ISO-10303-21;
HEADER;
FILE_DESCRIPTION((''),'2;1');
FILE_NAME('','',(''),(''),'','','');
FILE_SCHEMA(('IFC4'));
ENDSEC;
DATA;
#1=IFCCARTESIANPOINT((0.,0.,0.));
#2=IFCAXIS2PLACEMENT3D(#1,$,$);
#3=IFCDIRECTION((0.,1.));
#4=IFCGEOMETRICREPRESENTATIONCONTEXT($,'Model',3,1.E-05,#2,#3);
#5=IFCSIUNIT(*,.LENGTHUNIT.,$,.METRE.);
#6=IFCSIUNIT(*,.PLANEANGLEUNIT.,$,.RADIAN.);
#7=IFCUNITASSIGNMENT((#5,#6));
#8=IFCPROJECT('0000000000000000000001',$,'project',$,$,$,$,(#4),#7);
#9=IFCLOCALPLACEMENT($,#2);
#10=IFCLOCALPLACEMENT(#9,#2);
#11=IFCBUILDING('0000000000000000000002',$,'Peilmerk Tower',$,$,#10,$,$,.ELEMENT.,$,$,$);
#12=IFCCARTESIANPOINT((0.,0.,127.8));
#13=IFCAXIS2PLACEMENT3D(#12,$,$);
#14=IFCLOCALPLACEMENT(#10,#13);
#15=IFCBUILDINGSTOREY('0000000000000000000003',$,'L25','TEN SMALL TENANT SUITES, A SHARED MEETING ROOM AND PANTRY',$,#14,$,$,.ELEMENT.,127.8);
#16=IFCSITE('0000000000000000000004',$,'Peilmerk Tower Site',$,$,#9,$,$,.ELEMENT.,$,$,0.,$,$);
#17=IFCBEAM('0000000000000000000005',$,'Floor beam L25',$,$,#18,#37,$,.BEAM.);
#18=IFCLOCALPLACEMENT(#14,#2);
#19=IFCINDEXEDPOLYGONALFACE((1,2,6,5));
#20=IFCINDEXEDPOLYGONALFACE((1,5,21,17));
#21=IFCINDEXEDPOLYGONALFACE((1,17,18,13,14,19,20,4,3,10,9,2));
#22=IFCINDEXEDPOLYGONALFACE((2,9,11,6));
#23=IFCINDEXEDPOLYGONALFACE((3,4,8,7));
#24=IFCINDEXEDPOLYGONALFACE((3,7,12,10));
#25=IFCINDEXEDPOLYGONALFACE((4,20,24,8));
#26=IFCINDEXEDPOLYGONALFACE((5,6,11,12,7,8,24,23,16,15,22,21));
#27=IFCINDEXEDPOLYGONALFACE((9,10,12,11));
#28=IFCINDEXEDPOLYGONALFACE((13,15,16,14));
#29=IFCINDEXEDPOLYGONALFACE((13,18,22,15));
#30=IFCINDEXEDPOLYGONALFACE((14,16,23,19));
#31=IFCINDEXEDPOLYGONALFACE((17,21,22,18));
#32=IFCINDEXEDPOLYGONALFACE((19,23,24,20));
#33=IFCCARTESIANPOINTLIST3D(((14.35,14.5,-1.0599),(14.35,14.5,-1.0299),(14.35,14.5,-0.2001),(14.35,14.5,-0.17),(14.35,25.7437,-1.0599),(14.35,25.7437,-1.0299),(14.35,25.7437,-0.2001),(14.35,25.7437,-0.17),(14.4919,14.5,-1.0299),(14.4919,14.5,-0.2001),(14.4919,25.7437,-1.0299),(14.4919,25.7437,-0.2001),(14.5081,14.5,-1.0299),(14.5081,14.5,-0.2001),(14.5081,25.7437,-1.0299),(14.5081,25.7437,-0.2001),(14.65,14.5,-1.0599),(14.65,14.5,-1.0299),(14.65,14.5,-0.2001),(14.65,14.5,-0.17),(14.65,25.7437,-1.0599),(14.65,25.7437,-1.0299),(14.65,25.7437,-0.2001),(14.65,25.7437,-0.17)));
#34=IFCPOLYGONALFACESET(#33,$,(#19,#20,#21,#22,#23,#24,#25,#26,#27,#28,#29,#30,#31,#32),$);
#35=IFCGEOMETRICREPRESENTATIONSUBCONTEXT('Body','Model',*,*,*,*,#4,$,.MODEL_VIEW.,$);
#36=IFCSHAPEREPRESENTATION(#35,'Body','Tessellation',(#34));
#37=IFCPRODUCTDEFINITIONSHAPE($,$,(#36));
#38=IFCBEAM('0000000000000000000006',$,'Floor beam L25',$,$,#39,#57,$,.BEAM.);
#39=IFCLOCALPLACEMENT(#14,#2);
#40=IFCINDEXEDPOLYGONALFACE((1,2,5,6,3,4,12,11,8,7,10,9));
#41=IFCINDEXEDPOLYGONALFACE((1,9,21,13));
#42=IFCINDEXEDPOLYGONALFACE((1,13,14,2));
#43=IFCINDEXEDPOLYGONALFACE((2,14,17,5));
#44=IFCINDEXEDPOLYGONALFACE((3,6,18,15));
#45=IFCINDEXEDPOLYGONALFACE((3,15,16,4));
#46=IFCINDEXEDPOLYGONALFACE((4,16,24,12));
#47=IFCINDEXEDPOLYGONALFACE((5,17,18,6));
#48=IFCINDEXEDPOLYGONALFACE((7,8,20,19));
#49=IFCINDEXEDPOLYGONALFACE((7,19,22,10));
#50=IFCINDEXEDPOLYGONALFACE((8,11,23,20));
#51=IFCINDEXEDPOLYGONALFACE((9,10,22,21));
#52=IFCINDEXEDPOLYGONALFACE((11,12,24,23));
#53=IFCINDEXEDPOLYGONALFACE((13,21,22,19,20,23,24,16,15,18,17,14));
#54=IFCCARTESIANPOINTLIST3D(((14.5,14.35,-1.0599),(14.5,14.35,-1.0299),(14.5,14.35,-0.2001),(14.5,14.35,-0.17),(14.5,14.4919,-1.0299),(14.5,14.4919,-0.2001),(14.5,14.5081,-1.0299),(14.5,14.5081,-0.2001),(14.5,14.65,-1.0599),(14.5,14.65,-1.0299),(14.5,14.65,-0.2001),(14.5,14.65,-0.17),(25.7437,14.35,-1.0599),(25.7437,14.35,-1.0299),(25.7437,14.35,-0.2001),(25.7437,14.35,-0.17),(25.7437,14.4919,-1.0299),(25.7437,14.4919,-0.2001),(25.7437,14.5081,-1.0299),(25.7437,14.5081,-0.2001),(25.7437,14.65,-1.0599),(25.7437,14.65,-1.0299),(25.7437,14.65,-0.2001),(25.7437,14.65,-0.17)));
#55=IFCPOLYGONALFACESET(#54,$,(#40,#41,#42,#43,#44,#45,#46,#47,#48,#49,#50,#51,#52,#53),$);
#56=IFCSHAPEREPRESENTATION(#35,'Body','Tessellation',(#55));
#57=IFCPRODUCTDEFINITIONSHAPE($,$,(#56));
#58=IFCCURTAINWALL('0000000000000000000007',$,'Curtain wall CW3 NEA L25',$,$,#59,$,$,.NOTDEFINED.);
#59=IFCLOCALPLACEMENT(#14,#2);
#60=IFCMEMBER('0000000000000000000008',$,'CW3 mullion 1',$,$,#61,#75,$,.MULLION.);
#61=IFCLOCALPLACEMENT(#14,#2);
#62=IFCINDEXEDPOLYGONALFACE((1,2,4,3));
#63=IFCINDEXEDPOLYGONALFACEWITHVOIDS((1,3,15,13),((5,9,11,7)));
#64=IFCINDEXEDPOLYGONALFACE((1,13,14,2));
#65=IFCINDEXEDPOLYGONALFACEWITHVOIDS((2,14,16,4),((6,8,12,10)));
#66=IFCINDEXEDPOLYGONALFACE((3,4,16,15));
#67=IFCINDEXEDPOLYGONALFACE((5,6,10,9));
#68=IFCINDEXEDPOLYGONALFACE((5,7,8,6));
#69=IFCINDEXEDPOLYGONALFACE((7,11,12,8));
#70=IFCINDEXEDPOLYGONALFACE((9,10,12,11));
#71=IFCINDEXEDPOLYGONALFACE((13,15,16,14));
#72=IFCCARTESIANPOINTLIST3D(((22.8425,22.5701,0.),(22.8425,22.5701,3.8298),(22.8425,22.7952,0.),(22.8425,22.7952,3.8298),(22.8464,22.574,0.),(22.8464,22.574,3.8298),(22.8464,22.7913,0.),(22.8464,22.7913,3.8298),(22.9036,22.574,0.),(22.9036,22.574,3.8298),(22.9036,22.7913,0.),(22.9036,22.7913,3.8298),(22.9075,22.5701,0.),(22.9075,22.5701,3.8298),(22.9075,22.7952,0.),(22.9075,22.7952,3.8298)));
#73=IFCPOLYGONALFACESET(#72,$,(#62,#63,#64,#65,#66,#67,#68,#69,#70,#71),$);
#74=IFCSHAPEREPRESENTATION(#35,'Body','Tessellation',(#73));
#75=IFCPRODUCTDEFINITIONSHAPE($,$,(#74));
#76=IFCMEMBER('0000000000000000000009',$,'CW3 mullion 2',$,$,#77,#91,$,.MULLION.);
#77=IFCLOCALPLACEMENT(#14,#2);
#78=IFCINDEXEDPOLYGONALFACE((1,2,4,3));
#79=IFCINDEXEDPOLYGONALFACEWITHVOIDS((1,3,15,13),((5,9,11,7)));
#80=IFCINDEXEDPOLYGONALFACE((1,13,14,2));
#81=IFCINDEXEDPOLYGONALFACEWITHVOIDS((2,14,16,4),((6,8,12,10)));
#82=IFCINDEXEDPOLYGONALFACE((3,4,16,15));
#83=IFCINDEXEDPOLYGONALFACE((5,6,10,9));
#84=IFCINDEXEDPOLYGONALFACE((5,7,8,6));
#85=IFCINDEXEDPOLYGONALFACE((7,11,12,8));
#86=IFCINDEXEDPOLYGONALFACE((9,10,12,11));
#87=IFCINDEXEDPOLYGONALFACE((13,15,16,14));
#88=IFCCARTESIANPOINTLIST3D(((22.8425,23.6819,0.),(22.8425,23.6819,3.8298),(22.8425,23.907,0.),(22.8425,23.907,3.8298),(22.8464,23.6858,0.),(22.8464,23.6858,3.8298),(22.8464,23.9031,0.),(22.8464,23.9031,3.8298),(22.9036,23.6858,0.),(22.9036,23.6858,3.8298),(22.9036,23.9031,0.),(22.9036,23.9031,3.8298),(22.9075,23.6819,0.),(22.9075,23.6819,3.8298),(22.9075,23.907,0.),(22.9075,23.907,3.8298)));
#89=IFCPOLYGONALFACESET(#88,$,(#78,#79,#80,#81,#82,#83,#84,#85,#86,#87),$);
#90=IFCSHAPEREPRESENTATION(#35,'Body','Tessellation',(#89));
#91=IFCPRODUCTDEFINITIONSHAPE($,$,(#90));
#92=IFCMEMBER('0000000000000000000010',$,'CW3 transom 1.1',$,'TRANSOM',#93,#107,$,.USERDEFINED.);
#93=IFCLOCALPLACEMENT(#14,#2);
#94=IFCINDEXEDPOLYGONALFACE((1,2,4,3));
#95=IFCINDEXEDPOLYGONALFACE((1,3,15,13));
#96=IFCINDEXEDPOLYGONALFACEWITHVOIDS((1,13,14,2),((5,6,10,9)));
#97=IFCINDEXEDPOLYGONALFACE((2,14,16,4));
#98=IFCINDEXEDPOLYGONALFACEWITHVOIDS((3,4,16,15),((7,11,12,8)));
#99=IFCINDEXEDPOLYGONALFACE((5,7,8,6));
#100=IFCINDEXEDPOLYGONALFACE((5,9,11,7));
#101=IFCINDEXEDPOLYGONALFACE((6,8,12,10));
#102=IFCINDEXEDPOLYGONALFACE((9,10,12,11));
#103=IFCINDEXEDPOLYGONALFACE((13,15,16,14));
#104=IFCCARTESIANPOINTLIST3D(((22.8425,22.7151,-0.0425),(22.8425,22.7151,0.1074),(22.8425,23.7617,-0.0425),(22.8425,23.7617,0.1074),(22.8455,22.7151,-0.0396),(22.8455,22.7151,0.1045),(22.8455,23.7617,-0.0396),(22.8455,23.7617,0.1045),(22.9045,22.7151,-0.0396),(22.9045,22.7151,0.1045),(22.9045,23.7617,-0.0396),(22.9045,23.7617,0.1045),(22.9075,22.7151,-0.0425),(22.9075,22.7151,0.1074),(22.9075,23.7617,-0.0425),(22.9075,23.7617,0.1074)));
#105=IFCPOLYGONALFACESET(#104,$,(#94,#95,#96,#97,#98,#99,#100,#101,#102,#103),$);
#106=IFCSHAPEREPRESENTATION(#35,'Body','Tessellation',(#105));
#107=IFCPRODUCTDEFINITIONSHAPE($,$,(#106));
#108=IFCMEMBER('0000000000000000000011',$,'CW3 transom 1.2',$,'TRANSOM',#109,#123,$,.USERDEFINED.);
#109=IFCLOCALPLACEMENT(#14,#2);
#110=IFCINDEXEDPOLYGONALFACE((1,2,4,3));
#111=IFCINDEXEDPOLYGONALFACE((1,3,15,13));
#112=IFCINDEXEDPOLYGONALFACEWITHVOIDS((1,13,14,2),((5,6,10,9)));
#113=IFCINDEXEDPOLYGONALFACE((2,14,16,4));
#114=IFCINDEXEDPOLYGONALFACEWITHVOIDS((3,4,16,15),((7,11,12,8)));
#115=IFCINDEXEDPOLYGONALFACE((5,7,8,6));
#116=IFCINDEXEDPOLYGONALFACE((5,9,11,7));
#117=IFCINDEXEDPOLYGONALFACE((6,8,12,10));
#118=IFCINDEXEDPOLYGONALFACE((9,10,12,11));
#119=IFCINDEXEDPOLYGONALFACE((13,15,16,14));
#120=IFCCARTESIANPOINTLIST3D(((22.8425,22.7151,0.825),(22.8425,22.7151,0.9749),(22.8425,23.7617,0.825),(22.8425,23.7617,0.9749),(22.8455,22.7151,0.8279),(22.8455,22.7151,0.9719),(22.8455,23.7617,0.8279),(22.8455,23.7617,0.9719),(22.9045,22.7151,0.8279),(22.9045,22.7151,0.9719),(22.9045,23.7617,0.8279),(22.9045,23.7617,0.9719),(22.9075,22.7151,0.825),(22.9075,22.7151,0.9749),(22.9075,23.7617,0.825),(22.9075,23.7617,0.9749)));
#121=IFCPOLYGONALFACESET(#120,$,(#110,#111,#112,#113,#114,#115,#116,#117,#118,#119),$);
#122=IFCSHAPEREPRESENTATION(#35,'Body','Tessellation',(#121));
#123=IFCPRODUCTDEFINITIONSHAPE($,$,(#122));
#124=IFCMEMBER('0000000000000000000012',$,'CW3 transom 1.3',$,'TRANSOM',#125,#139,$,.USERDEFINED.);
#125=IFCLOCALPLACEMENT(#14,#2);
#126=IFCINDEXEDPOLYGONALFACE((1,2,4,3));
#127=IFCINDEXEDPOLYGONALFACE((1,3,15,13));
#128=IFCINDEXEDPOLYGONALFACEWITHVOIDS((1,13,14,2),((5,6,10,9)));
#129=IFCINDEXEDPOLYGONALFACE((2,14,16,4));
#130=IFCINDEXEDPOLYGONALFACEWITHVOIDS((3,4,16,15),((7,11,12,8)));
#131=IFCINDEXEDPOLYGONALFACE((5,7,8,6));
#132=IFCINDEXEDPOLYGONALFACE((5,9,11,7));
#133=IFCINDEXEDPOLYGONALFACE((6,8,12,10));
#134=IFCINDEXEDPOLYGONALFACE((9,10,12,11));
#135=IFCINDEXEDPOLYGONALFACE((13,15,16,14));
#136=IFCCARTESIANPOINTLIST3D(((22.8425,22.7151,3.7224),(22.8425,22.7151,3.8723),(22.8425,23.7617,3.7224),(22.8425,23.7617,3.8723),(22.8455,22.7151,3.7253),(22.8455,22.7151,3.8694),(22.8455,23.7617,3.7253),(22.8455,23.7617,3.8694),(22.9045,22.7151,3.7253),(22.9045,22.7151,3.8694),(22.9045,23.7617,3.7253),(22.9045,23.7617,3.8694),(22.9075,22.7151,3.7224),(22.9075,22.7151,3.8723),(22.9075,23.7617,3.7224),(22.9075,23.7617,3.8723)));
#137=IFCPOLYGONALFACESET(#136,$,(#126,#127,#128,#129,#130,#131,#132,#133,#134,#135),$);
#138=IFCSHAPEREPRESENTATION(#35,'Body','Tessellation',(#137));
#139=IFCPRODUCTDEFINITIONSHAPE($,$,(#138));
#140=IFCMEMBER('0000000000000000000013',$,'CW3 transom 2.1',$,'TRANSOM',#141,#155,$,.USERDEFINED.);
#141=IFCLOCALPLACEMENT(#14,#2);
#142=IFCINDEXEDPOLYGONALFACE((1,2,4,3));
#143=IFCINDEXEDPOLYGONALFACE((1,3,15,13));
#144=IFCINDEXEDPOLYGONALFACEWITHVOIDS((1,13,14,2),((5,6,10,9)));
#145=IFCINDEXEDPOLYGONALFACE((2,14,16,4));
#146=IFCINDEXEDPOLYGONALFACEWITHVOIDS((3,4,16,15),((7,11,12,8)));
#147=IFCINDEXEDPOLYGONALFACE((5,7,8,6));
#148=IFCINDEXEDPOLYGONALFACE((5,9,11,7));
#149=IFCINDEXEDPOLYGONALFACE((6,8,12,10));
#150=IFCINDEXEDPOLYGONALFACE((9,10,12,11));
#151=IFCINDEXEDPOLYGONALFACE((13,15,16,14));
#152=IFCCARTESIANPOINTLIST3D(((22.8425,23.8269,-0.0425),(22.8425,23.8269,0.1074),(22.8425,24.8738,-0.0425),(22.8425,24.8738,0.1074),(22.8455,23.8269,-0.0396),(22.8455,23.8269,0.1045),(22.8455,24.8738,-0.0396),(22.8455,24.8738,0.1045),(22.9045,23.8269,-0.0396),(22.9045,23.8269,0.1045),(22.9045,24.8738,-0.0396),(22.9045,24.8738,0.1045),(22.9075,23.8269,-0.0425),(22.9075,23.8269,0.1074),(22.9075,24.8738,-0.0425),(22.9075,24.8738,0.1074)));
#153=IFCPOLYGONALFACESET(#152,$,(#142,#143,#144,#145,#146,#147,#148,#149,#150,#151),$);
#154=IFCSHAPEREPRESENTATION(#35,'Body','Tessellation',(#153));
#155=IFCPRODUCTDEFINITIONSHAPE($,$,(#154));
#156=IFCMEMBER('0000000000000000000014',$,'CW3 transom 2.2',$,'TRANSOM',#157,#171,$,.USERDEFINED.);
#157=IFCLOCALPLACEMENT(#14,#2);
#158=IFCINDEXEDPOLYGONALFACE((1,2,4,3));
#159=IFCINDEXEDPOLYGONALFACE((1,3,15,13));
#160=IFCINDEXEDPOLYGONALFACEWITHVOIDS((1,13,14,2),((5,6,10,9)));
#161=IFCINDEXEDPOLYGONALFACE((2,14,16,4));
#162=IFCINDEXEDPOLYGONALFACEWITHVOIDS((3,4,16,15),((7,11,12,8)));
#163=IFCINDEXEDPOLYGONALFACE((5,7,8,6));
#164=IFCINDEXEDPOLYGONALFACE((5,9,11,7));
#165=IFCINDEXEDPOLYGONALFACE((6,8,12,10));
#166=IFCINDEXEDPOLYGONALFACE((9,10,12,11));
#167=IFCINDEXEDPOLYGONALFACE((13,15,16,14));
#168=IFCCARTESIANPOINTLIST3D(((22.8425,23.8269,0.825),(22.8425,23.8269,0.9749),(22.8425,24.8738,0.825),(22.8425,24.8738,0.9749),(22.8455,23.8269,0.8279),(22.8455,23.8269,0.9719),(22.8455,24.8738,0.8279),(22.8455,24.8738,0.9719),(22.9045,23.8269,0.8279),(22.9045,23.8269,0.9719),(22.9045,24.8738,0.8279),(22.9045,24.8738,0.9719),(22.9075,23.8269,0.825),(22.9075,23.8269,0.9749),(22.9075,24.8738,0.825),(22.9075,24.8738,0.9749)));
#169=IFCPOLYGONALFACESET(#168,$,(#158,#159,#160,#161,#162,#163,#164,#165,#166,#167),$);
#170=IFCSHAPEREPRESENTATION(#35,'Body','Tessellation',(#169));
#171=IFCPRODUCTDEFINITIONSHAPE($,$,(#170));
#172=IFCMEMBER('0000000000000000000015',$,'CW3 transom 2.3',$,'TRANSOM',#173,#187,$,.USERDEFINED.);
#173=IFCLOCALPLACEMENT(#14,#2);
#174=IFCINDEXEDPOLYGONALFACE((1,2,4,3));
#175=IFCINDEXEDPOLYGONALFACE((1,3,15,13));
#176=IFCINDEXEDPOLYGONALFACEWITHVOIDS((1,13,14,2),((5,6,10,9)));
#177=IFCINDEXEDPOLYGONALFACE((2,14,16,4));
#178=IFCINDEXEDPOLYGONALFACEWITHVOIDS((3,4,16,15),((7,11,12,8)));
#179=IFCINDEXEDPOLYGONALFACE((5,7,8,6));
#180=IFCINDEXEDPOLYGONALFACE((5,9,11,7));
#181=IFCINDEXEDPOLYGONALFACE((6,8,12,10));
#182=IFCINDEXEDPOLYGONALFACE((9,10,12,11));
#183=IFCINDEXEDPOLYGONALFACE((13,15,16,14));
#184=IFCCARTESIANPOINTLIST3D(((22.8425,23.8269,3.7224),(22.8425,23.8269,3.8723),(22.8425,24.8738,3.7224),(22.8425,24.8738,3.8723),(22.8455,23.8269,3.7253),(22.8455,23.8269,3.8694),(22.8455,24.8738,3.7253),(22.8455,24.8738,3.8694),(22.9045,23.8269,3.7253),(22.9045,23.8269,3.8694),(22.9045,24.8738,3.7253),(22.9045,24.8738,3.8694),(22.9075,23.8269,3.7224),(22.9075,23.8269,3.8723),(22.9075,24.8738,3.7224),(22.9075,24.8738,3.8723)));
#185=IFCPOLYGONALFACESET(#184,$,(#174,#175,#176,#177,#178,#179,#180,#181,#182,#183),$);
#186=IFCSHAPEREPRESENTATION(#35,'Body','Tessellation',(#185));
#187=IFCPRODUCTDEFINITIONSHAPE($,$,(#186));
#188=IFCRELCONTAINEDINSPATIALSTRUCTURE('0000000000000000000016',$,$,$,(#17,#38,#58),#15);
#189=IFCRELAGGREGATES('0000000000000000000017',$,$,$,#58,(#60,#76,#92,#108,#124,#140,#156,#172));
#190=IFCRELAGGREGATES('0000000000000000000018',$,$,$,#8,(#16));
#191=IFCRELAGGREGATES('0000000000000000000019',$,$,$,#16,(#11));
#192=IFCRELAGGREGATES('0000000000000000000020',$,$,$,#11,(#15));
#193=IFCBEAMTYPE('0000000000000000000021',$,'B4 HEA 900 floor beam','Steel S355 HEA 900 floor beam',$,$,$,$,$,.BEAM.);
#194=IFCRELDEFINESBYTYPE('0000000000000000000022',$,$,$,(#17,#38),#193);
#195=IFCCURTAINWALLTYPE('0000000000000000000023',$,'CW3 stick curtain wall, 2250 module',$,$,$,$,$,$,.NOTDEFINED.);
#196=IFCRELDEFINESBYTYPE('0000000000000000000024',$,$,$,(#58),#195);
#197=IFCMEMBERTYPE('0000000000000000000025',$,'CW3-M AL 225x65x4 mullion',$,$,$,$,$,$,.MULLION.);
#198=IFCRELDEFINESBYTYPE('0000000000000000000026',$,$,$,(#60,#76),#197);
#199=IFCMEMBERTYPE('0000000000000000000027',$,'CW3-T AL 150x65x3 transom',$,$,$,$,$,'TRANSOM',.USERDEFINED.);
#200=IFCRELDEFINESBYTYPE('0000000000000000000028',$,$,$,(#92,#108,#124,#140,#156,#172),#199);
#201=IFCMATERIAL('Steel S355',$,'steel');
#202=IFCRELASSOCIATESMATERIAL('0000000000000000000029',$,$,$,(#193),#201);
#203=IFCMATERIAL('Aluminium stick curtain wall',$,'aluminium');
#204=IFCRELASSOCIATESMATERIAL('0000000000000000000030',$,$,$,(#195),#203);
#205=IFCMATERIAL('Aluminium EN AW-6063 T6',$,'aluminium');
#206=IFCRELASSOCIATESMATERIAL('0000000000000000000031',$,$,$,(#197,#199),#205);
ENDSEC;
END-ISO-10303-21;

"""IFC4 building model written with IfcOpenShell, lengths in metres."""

from ifc_helpers import new_model, si_unit, direction, frame, origin, origin_2d, place, context, subcontext, project, spatial, hollow_rectangle, i_section, extrude, material, material_profile, profile_set, type_object, element, aggregate, save


model = new_model("IFC4")

# Units and contexts
model_context = context("Model", 3, precision=1e-05, world=origin(), true_north=direction((0.0, 1.0)))
body_context = subcontext(model_context, "Body", "Model", "MODEL_VIEW")
ifc_project = project(units=[si_unit("LENGTHUNIT", "METRE"), si_unit("PLANEANGLEUNIT", "RADIAN")], contexts=[model_context])

# Site, building, storey
site_placement = place(None, origin())
site = spatial("IfcSite", under=ifc_project, at=site_placement, Name="Peilmerk Tower Site", CompositionType="ELEMENT", RefElevation=0.0)
building_placement = place(site_placement, origin())
building = spatial("IfcBuilding", under=site, at=building_placement, Name="Peilmerk Tower", CompositionType="ELEMENT")
storey_placement = place(building_placement, frame((0.0, 0.0, 127.8)))
storey = spatial("IfcBuildingStorey", under=building, at=storey_placement, Name="L25", Description="TEN SMALL TENANT SUITES, A SHARED MEETING ROOM AND PANTRY", CompositionType="ELEMENT", Elevation=127.8)

# Beams
ifc_material_1 = material(Name="Steel S355", Category="steel")
ifc_material_profile_1 = material_profile(ifc_material_1, i_section(OverallWidth=0.3, OverallDepth=0.8899, WebThickness=0.0161, FlangeThickness=0.03, at=origin_2d()), Name="HEA 900")
ifc_profile_set_1 = profile_set([ifc_material_profile_1], Name="Steel S355")
beam_type_1 = type_object("IfcBeamType", Name="B4 HEA 900 floor beam", Description="Steel S355 HEA 900 floor beam", PredefinedType="BEAM", material=ifc_profile_set_1)
for number, where, z_axis, x_axis, name in (
    (1, (14.5, 14.5, -0.615), (0.0, 1.0, 0.0), (-1.0, 0.0, 0.0), "Floor beam L25"),
    (2, (14.5, 14.5, -0.615), (1.0, 0.0, 0.0), (0.0, 1.0, 0.0), "Floor beam L25"),
):
    element("IfcBeam", number, at=place(storey_placement, frame(where, z_axis=z_axis, x_axis=x_axis)), inside=storey, type_object=beam_type_1, Name=name, PredefinedType="BEAM", context=body_context, shape_type="SweptSolid", body=[
        extrude(i_section(OverallWidth=0.3, OverallDepth=0.8899, WebThickness=0.0161, FlangeThickness=0.03, at=origin_2d()), origin(), (0.0, 0.0, 1.0), 11.2437),
    ])

# Curtain wall, members
ifc_material_2 = material(Name="Aluminium stick curtain wall", Category="aluminium")
curtain_wall_type = type_object("IfcCurtainWallType", Name="CW3 stick curtain wall, 2250 module", PredefinedType="NOTDEFINED", material=ifc_material_2)
curtain_wall_placement = place(storey_placement, origin())
curtain_wall = element("IfcCurtainWall", 3, at=curtain_wall_placement, inside=storey, type_object=curtain_wall_type, Name="Curtain wall CW3 NEA L25", PredefinedType="NOTDEFINED")
ifc_material_3 = material(Name="Aluminium EN AW-6063 T6", Category="aluminium")
ifc_material_profile_2 = material_profile(ifc_material_3, hollow_rectangle(XDim=0.0649, YDim=0.2251, WallThickness=0.0039, at=origin_2d()), Name="AL 225x65x4")
ifc_profile_set_2 = profile_set([ifc_material_profile_2], Name="Aluminium EN AW-6063 T6")
member_type_1 = type_object("IfcMemberType", Name="CW3-M AL 225x65x4 mullion", PredefinedType="MULLION", material=ifc_profile_set_2)
member_1_placement = place(storey_placement, frame((22.875, 22.6826, 0.0), z_axis=(0.0, 0.0, 1.0), x_axis=(-1.0, 0.0, 0.0)))
member_1 = element("IfcMember", 4, at=member_1_placement, type_object=member_type_1, Name="CW3 mullion 1", PredefinedType="MULLION", context=body_context, shape_type="SweptSolid", body=[
    extrude(hollow_rectangle(XDim=0.0649, YDim=0.2251, WallThickness=0.0039, at=origin_2d()), origin(), (0.0, 0.0, 1.0), 3.8298),
])
member_2_placement = place(storey_placement, frame((22.875, 23.7944, 0.0), z_axis=(0.0, 0.0, 1.0), x_axis=(-1.0, 0.0, 0.0)))
member_2 = element("IfcMember", 5, at=member_2_placement, type_object=member_type_1, Name="CW3 mullion 2", PredefinedType="MULLION", context=body_context, shape_type="SweptSolid", body=[
    extrude(hollow_rectangle(XDim=0.0649, YDim=0.2251, WallThickness=0.0039, at=origin_2d()), origin(), (0.0, 0.0, 1.0), 3.8298),
])
ifc_material_profile_3 = material_profile(ifc_material_3, hollow_rectangle(XDim=0.0649, YDim=0.1499, WallThickness=0.0029, at=origin_2d()), Name="AL 150x65x3")
ifc_profile_set_3 = profile_set([ifc_material_profile_3], Name="Aluminium EN AW-6063 T6")
member_type_2 = type_object("IfcMemberType", Name="CW3-T AL 150x65x3 transom", ElementType="TRANSOM", PredefinedType="USERDEFINED", material=ifc_profile_set_3)
member_3_placement = place(storey_placement, frame((22.875, 22.7151, 0.0325), z_axis=(0.0, 1.0, 0.0), x_axis=(-1.0, 0.0, 0.0)))
member_3 = element("IfcMember", 6, at=member_3_placement, type_object=member_type_2, Name="CW3 transom 1.1", ObjectType="TRANSOM", PredefinedType="USERDEFINED", context=body_context, shape_type="SweptSolid", body=[
    extrude(hollow_rectangle(XDim=0.0649, YDim=0.1499, WallThickness=0.0029, at=origin_2d()), origin(), (0.0, 0.0, 1.0), 1.0466),
])
member_4_placement = place(storey_placement, frame((22.875, 22.7151, 0.8999), z_axis=(0.0, 1.0, 0.0), x_axis=(-1.0, 0.0, 0.0)))
member_4 = element("IfcMember", 7, at=member_4_placement, type_object=member_type_2, Name="CW3 transom 1.2", ObjectType="TRANSOM", PredefinedType="USERDEFINED", context=body_context, shape_type="SweptSolid", body=[
    extrude(hollow_rectangle(XDim=0.0649, YDim=0.1499, WallThickness=0.0029, at=origin_2d()), origin(), (0.0, 0.0, 1.0), 1.0466),
])
member_5_placement = place(storey_placement, frame((22.875, 22.7151, 3.7974), z_axis=(0.0, 1.0, 0.0), x_axis=(-1.0, 0.0, 0.0)))
member_5 = element("IfcMember", 8, at=member_5_placement, type_object=member_type_2, Name="CW3 transom 1.3", ObjectType="TRANSOM", PredefinedType="USERDEFINED", context=body_context, shape_type="SweptSolid", body=[
    extrude(hollow_rectangle(XDim=0.0649, YDim=0.1499, WallThickness=0.0029, at=origin_2d()), origin(), (0.0, 0.0, 1.0), 1.0466),
])
member_6_placement = place(storey_placement, frame((22.875, 23.8269, 0.0325), z_axis=(0.0, 1.0, 0.0), x_axis=(-1.0, 0.0, 0.0)))
member_6 = element("IfcMember", 9, at=member_6_placement, type_object=member_type_2, Name="CW3 transom 2.1", ObjectType="TRANSOM", PredefinedType="USERDEFINED", context=body_context, shape_type="SweptSolid", body=[
    extrude(hollow_rectangle(XDim=0.0649, YDim=0.1499, WallThickness=0.0029, at=origin_2d()), origin(), (0.0, 0.0, 1.0), 1.0469),
])
member_7_placement = place(storey_placement, frame((22.875, 23.8269, 0.8999), z_axis=(0.0, 1.0, 0.0), x_axis=(-1.0, 0.0, 0.0)))
member_7 = element("IfcMember", 10, at=member_7_placement, type_object=member_type_2, Name="CW3 transom 2.2", ObjectType="TRANSOM", PredefinedType="USERDEFINED", context=body_context, shape_type="SweptSolid", body=[
    extrude(hollow_rectangle(XDim=0.0649, YDim=0.1499, WallThickness=0.0029, at=origin_2d()), origin(), (0.0, 0.0, 1.0), 1.0469),
])
member_8_placement = place(storey_placement, frame((22.875, 23.8269, 3.7974), z_axis=(0.0, 1.0, 0.0), x_axis=(-1.0, 0.0, 0.0)))
member_8 = element("IfcMember", 11, at=member_8_placement, type_object=member_type_2, Name="CW3 transom 2.3", ObjectType="TRANSOM", PredefinedType="USERDEFINED", context=body_context, shape_type="SweptSolid", body=[
    extrude(hollow_rectangle(XDim=0.0649, YDim=0.1499, WallThickness=0.0029, at=origin_2d()), origin(), (0.0, 0.0, 1.0), 1.0469),
])
aggregate(curtain_wall, [member_1, member_2, member_3, member_4, member_5, member_6, member_7, member_8])

save(model, "model.ifc")
